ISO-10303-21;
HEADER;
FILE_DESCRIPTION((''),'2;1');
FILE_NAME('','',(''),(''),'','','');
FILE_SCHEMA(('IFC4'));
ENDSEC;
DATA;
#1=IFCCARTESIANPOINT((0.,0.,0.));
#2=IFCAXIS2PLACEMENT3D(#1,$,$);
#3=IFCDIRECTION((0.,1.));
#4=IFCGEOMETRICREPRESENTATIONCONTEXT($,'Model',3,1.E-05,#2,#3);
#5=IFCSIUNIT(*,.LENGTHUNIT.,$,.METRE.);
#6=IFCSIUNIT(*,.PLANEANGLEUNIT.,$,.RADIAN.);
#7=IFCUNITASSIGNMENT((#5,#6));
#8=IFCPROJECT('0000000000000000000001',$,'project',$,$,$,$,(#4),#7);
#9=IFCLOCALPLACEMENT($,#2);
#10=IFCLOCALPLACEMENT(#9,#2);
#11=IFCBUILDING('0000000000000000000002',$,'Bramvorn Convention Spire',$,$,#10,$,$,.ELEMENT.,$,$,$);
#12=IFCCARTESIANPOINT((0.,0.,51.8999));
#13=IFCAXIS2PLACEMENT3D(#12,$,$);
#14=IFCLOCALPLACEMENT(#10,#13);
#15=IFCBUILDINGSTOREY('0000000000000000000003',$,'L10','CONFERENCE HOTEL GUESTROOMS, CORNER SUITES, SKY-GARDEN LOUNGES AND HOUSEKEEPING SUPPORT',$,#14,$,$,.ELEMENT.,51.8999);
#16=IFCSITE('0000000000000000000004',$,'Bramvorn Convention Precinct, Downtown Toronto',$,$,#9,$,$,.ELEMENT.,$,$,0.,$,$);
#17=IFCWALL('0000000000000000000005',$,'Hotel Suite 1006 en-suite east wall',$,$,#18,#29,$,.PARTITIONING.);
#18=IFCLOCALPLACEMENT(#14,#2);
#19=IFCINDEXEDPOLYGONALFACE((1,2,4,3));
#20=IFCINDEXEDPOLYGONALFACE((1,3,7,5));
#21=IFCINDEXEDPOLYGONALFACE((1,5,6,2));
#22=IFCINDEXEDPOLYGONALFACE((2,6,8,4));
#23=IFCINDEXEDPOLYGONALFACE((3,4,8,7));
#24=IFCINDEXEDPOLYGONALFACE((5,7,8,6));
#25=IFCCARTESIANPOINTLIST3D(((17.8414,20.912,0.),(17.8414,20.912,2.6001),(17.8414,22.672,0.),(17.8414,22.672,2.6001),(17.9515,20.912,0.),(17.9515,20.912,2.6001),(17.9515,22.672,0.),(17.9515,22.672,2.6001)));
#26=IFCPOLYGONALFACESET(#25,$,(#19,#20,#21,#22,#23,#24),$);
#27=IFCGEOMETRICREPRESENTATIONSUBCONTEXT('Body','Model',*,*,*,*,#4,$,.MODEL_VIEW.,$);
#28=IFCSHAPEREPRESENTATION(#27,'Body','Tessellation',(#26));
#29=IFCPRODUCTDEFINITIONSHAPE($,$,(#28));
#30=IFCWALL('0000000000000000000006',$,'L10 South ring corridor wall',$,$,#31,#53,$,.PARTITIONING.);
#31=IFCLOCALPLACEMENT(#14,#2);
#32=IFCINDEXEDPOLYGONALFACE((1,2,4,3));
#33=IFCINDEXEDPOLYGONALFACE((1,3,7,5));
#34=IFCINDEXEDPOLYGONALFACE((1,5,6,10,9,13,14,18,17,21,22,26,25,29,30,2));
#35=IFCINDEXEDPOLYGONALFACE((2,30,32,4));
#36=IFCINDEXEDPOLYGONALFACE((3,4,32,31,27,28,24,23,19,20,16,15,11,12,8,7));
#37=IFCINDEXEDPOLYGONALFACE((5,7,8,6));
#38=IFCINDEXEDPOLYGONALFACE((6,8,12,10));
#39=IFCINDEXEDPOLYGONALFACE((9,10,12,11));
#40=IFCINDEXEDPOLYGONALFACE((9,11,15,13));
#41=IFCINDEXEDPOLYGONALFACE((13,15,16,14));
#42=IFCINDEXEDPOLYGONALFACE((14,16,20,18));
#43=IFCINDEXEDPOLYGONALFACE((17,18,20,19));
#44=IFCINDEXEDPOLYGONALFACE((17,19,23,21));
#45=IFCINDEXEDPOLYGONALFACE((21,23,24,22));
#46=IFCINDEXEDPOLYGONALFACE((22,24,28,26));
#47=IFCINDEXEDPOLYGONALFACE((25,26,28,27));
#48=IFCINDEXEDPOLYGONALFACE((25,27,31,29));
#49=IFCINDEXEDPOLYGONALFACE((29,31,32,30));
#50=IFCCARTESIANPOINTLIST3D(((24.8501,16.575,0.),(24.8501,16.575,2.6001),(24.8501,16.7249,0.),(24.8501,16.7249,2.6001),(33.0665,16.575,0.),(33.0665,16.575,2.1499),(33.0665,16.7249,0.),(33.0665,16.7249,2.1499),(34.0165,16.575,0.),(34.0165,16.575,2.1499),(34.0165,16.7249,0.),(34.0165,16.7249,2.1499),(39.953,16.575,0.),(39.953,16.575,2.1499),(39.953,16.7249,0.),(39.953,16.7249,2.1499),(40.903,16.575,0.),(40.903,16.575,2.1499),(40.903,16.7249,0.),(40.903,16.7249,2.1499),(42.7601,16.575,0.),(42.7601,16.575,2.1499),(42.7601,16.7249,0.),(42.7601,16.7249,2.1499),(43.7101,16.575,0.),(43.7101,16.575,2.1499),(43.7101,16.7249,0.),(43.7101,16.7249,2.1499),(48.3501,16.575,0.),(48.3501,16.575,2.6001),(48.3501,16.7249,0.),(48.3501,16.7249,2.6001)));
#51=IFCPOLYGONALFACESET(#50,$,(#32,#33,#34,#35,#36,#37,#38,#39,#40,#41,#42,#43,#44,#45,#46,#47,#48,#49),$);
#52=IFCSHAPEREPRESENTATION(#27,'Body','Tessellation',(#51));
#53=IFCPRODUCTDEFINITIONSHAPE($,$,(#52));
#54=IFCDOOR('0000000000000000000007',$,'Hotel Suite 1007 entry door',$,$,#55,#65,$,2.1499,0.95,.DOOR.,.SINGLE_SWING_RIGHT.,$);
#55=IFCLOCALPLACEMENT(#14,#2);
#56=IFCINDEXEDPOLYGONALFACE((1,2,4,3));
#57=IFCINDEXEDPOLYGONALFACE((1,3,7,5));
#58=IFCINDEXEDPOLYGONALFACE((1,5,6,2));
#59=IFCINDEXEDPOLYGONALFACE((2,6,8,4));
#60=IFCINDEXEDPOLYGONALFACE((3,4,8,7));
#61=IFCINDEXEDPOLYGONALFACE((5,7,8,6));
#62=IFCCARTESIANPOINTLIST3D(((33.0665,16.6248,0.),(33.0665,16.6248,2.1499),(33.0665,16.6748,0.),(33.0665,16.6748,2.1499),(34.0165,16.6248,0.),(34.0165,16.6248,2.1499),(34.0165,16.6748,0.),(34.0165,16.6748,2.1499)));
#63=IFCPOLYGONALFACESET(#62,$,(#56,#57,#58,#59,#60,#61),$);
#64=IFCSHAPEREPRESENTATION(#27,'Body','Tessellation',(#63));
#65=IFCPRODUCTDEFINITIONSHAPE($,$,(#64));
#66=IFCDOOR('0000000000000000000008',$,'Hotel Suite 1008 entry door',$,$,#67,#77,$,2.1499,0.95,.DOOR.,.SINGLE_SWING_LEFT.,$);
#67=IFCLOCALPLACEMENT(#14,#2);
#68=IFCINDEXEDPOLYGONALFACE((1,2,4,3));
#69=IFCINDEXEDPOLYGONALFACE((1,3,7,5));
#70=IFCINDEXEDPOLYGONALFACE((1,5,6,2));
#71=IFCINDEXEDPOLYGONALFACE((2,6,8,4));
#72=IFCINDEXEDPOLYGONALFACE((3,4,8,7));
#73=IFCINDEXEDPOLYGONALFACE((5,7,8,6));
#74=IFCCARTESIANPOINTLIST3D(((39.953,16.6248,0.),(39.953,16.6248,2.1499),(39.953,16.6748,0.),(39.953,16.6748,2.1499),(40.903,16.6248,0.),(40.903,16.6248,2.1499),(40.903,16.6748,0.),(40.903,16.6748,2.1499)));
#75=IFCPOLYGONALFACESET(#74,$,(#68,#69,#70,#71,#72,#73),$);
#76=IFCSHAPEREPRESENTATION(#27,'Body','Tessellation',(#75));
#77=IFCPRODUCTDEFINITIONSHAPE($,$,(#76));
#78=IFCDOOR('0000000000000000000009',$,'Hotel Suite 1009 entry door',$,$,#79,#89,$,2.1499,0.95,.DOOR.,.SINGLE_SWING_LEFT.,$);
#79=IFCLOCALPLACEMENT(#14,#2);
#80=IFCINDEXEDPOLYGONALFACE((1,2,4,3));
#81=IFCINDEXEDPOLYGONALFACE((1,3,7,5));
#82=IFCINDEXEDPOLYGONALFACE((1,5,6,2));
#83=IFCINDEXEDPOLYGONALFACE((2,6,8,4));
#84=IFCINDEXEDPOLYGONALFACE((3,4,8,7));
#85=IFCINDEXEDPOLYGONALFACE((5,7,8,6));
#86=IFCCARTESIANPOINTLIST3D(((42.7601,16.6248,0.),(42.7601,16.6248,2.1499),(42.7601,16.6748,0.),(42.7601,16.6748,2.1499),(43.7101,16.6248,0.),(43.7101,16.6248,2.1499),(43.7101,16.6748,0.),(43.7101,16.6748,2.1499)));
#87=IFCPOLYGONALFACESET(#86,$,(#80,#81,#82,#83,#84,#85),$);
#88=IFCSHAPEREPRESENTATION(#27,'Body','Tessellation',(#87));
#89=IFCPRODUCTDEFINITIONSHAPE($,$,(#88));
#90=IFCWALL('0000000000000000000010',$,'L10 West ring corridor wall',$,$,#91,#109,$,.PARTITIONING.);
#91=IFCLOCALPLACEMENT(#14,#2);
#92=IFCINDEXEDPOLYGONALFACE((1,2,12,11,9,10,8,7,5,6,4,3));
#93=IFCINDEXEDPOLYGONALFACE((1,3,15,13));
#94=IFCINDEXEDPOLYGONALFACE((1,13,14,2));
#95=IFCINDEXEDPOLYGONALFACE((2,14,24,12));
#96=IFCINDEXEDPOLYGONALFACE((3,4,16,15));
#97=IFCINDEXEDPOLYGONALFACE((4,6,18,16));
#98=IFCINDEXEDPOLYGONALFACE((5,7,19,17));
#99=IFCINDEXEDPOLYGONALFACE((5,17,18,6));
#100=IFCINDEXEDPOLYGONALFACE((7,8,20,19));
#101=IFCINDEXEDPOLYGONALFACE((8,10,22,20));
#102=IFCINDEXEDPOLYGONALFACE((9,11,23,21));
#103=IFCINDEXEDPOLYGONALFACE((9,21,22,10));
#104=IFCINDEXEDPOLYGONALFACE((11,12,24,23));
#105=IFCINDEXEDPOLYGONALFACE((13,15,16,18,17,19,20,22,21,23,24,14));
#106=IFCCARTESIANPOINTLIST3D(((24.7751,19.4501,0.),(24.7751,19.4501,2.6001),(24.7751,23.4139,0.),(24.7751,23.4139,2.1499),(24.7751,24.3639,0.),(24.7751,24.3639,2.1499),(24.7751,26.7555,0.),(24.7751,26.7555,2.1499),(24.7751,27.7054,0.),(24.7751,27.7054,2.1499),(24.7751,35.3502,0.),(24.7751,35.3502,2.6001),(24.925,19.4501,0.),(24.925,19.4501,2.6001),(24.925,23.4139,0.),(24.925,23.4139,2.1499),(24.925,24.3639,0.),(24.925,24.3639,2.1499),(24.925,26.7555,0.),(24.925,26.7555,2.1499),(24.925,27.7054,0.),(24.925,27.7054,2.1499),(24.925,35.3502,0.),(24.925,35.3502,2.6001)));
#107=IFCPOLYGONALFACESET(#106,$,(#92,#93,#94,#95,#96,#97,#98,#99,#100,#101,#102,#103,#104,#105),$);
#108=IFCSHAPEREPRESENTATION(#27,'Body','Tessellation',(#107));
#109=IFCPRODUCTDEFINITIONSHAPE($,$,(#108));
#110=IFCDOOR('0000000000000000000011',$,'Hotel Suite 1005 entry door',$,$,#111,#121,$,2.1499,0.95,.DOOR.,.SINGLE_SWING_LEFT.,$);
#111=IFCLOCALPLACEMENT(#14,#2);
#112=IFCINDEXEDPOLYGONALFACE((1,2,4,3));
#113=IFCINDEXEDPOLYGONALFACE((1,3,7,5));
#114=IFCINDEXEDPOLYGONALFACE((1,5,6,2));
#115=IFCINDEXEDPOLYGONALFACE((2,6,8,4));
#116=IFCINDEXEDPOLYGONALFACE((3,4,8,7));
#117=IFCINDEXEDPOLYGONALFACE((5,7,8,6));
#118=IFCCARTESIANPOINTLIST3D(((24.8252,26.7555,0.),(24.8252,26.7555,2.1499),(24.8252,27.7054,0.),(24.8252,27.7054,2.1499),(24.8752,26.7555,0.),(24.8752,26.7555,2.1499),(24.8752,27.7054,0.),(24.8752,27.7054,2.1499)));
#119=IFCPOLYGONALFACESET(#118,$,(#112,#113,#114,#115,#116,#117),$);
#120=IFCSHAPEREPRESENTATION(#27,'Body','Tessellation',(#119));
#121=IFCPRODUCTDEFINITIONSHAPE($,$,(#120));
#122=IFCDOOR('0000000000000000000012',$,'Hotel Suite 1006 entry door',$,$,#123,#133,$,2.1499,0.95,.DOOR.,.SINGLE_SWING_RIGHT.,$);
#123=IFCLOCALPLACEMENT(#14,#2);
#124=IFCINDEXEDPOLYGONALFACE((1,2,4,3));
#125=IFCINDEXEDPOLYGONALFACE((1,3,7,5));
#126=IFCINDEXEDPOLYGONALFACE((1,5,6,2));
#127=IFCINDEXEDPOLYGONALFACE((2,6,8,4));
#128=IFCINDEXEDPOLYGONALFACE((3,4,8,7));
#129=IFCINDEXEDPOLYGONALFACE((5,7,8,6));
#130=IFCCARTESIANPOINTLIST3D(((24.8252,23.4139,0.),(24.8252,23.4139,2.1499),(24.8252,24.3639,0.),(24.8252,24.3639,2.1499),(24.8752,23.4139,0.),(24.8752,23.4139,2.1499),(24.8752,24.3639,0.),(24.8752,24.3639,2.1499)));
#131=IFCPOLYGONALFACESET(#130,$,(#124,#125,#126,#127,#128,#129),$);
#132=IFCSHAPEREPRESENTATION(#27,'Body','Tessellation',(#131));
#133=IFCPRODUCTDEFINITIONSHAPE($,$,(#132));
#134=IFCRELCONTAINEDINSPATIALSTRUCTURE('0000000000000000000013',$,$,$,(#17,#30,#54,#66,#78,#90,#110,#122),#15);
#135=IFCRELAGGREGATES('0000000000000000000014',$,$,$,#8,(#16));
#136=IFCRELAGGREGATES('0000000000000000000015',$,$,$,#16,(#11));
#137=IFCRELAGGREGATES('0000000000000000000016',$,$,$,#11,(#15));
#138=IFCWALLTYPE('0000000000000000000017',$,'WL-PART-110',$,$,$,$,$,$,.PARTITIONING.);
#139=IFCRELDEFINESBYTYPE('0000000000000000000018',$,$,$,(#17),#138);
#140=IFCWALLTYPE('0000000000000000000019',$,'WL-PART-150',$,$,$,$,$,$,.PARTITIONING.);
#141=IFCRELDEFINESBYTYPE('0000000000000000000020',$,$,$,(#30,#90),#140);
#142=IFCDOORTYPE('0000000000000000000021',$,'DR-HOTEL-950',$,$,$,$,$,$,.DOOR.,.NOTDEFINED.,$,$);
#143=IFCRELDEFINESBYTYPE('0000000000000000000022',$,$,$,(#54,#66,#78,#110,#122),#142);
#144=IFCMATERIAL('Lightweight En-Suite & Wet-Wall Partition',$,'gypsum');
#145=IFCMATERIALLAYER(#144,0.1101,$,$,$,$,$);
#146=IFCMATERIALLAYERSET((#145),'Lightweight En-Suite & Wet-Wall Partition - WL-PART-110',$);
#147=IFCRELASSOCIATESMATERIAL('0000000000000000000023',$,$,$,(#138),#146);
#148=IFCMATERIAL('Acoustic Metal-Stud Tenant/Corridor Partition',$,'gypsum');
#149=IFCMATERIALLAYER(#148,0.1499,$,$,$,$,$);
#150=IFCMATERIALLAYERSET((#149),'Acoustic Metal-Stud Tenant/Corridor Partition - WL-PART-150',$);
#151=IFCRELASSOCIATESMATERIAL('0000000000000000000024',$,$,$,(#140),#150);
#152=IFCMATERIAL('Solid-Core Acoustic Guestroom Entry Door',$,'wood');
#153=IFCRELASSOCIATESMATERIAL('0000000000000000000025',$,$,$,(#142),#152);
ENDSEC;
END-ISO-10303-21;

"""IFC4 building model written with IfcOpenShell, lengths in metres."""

from ifc_helpers import new_model, si_unit, direction, frame, frame_2d, origin, place, context, subcontext, project, spatial, rectangle, extrude, material, layer, layer_set, type_object, element, fill, save


model = new_model("IFC4")

# Units and contexts
model_context = context("Model", 3, precision=1e-05, world=origin(), true_north=direction((0.0, 1.0)))
body_context = subcontext(model_context, "Body", "Model", "MODEL_VIEW")
ifc_project = project(units=[si_unit("LENGTHUNIT", "METRE"), si_unit("PLANEANGLEUNIT", "RADIAN")], contexts=[model_context])

# Site, building, storey
site_placement = place(None, origin())
site = spatial("IfcSite", under=ifc_project, at=site_placement, Name="Bramvorn Convention Precinct, Downtown Toronto", CompositionType="ELEMENT", RefElevation=0.0)
building_placement = place(site_placement, origin())
building = spatial("IfcBuilding", under=site, at=building_placement, Name="Bramvorn Convention Spire", CompositionType="ELEMENT")
storey_placement = place(building_placement, frame((0.0, 0.0, 51.8999)))
storey = spatial("IfcBuildingStorey", under=building, at=storey_placement, Name="L10", Description="CONFERENCE HOTEL GUESTROOMS, CORNER SUITES, SKY-GARDEN LOUNGES AND HOUSEKEEPING SUPPORT", CompositionType="ELEMENT", Elevation=51.8999)

# Wall
ifc_material_1 = material(Name="Lightweight En-Suite & Wet-Wall Partition", Category="gypsum")
ifc_layer_1 = layer(ifc_material_1, 0.1101)
ifc_layer_set_1 = layer_set([ifc_layer_1], Name="Lightweight En-Suite & Wet-Wall Partition - WL-PART-110")
wall_type_1 = type_object("IfcWallType", Name="WL-PART-110", PredefinedType="PARTITIONING", material=ifc_layer_set_1)
wall_1_placement = place(storey_placement, frame((17.8965, 20.9121, 0.0), z_axis=(0.0, 0.0, 1.0), x_axis=(0.0, 1.0, 0.0)))
element("IfcWall", 1, at=wall_1_placement, inside=storey, type_object=wall_type_1, Name="Hotel Suite 1006 en-suite east wall", PredefinedType="PARTITIONING", context=body_context, shape_type="SweptSolid", body=[
    extrude(rectangle(XDim=1.76, YDim=0.1101, at=frame_2d((0.8799, 0.0))), origin(), (0.0, 0.0, 1.0), 2.6001),
])

# Walls, openings, doors
ifc_material_2 = material(Name="Acoustic Metal-Stud Tenant/Corridor Partition", Category="gypsum")
ifc_layer_2 = layer(ifc_material_2, 0.1499)
ifc_layer_set_2 = layer_set([ifc_layer_2], Name="Acoustic Metal-Stud Tenant/Corridor Partition - WL-PART-150")
wall_type_2 = type_object("IfcWallType", Name="WL-PART-150", PredefinedType="PARTITIONING", material=ifc_layer_set_2)
wall_2_placement = place(storey_placement, frame((24.8501, 16.6499, 0.0), z_axis=(0.0, 0.0, 1.0), x_axis=(1.0, 0.0, 0.0)))
wall_2 = element("IfcWall", 2, at=wall_2_placement, inside=storey, type_object=wall_type_2, Name="L10 South ring corridor wall", PredefinedType="PARTITIONING", context=body_context, shape_type="SweptSolid", body=[
    extrude(rectangle(XDim=23.5, YDim=0.1499, at=frame_2d((11.75, 0.0))), origin(), (0.0, 0.0, 1.0), 2.6001),
])
opening_1_placement = place(wall_2_placement, frame((8.2163, 0.0, 0.0)))
opening_1 = element("IfcOpeningElement", 3, at=opening_1_placement, cuts=wall_2, PredefinedType="OPENING", context=body_context, shape_type="SweptSolid", body=[
    extrude(rectangle(XDim=0.95, YDim=2.1499, at=frame_2d((0.4751, 1.075))), frame((0.0, 0.085, 0.0), z_axis=(0.0, -1.0, 0.0), x_axis=(1.0, 0.0, 0.0)), (0.0, 0.0, 1.0), 0.1699),
])
opening_2_placement = place(wall_2_placement, frame((15.1028, 0.0, 0.0)))
opening_2 = element("IfcOpeningElement", 4, at=opening_2_placement, cuts=wall_2, PredefinedType="OPENING", context=body_context, shape_type="SweptSolid", body=[
    extrude(rectangle(XDim=0.95, YDim=2.1499, at=frame_2d((0.4751, 1.075))), frame((0.0, 0.085, 0.0), z_axis=(0.0, -1.0, 0.0), x_axis=(1.0, 0.0, 0.0)), (0.0, 0.0, 1.0), 0.1699),
])
opening_3_placement = place(wall_2_placement, frame((17.9099, 0.0, 0.0)))
opening_3 = element("IfcOpeningElement", 5, at=opening_3_placement, cuts=wall_2, PredefinedType="OPENING", context=body_context, shape_type="SweptSolid", body=[
    extrude(rectangle(XDim=0.95, YDim=2.1499, at=frame_2d((0.4751, 1.075))), frame((0.0, 0.085, 0.0), z_axis=(0.0, -1.0, 0.0), x_axis=(1.0, 0.0, 0.0)), (0.0, 0.0, 1.0), 0.1699),
])
ifc_material_3 = material(Name="Solid-Core Acoustic Guestroom Entry Door", Category="wood")
door_type_1 = type_object("IfcDoorType", Name="DR-HOTEL-950", OperationType="NOTDEFINED", PredefinedType="DOOR", material=ifc_material_3)
door_1_placement = place(opening_1_placement, origin())
door_1 = element("IfcDoor", 6, at=door_1_placement, inside=storey, type_object=door_type_1, Name="Hotel Suite 1007 entry door", OperationType="SINGLE_SWING_RIGHT", OverallHeight=2.1499, OverallWidth=0.95, PredefinedType="DOOR", context=body_context, shape_type="SweptSolid", body=[
    extrude(rectangle(XDim=0.95, YDim=2.1499, at=frame_2d((0.4751, 1.075))), frame((0.0, 0.0249, 0.0), z_axis=(0.0, -1.0, 0.0), x_axis=(1.0, 0.0, 0.0)), (0.0, 0.0, 1.0), 0.05),
])
fill(opening_1, door_1)
door_2_placement = place(opening_2_placement, origin())
door_2 = element("IfcDoor", 7, at=door_2_placement, inside=storey, type_object=door_type_1, Name="Hotel Suite 1008 entry door", OperationType="SINGLE_SWING_LEFT", OverallHeight=2.1499, OverallWidth=0.95, PredefinedType="DOOR", context=body_context, shape_type="SweptSolid", body=[
    extrude(rectangle(XDim=0.95, YDim=2.1499, at=frame_2d((0.4751, 1.075))), frame((0.0, 0.0249, 0.0), z_axis=(0.0, -1.0, 0.0), x_axis=(1.0, 0.0, 0.0)), (0.0, 0.0, 1.0), 0.05),
])
fill(opening_2, door_2)
door_3_placement = place(opening_3_placement, origin())
door_3 = element("IfcDoor", 8, at=door_3_placement, inside=storey, type_object=door_type_1, Name="Hotel Suite 1009 entry door", OperationType="SINGLE_SWING_LEFT", OverallHeight=2.1499, OverallWidth=0.95, PredefinedType="DOOR", context=body_context, shape_type="SweptSolid", body=[
    extrude(rectangle(XDim=0.95, YDim=2.1499, at=frame_2d((0.4751, 1.075))), frame((0.0, 0.0249, 0.0), z_axis=(0.0, -1.0, 0.0), x_axis=(1.0, 0.0, 0.0)), (0.0, 0.0, 1.0), 0.05),
])
fill(opening_3, door_3)
wall_3_placement = place(storey_placement, frame((24.8501, 19.45, 0.0), z_axis=(0.0, 0.0, 1.0), x_axis=(0.0, 1.0, 0.0)))
wall_3 = element("IfcWall", 9, at=wall_3_placement, inside=storey, type_object=wall_type_2, Name="L10 West ring corridor wall", PredefinedType="PARTITIONING", context=body_context, shape_type="SweptSolid", body=[
    extrude(rectangle(XDim=15.9001, YDim=0.1499, at=frame_2d((7.9502, 0.0))), origin(), (0.0, 0.0, 1.0), 2.6001),
])
opening_4_placement = place(wall_3_placement, frame((7.3054, 0.0, 0.0)))
opening_4 = element("IfcOpeningElement", 10, at=opening_4_placement, cuts=wall_3, PredefinedType="OPENING", context=body_context, shape_type="SweptSolid", body=[
    extrude(rectangle(XDim=0.95, YDim=2.1499, at=frame_2d((0.4751, 1.075))), frame((0.0, 0.085, 0.0), z_axis=(0.0, -1.0, 0.0), x_axis=(1.0, 0.0, 0.0)), (0.0, 0.0, 1.0), 0.1699),
])
opening_5_placement = place(wall_3_placement, frame((3.9639, 0.0, 0.0)))
opening_5 = element("IfcOpeningElement", 11, at=opening_5_placement, cuts=wall_3, PredefinedType="OPENING", context=body_context, shape_type="SweptSolid", body=[
    extrude(rectangle(XDim=0.95, YDim=2.1499, at=frame_2d((0.4751, 1.075))), frame((0.0, 0.085, 0.0), z_axis=(0.0, -1.0, 0.0), x_axis=(1.0, 0.0, 0.0)), (0.0, 0.0, 1.0), 0.1699),
])
door_4_placement = place(opening_4_placement, origin())
door_4 = element("IfcDoor", 12, at=door_4_placement, inside=storey, type_object=door_type_1, Name="Hotel Suite 1005 entry door", OperationType="SINGLE_SWING_LEFT", OverallHeight=2.1499, OverallWidth=0.95, PredefinedType="DOOR", context=body_context, shape_type="SweptSolid", body=[
    extrude(rectangle(XDim=0.95, YDim=2.1499, at=frame_2d((0.4751, 1.075))), frame((0.0, 0.0249, 0.0), z_axis=(0.0, -1.0, 0.0), x_axis=(1.0, 0.0, 0.0)), (0.0, 0.0, 1.0), 0.05),
])
fill(opening_4, door_4)
door_5_placement = place(opening_5_placement, origin())
door_5 = element("IfcDoor", 13, at=door_5_placement, inside=storey, type_object=door_type_1, Name="Hotel Suite 1006 entry door", OperationType="SINGLE_SWING_RIGHT", OverallHeight=2.1499, OverallWidth=0.95, PredefinedType="DOOR", context=body_context, shape_type="SweptSolid", body=[
    extrude(rectangle(XDim=0.95, YDim=2.1499, at=frame_2d((0.4751, 1.075))), frame((0.0, 0.0249, 0.0), z_axis=(0.0, -1.0, 0.0), x_axis=(1.0, 0.0, 0.0)), (0.0, 0.0, 1.0), 0.05),
])
fill(opening_5, door_5)

save(model, "model.ifc")
